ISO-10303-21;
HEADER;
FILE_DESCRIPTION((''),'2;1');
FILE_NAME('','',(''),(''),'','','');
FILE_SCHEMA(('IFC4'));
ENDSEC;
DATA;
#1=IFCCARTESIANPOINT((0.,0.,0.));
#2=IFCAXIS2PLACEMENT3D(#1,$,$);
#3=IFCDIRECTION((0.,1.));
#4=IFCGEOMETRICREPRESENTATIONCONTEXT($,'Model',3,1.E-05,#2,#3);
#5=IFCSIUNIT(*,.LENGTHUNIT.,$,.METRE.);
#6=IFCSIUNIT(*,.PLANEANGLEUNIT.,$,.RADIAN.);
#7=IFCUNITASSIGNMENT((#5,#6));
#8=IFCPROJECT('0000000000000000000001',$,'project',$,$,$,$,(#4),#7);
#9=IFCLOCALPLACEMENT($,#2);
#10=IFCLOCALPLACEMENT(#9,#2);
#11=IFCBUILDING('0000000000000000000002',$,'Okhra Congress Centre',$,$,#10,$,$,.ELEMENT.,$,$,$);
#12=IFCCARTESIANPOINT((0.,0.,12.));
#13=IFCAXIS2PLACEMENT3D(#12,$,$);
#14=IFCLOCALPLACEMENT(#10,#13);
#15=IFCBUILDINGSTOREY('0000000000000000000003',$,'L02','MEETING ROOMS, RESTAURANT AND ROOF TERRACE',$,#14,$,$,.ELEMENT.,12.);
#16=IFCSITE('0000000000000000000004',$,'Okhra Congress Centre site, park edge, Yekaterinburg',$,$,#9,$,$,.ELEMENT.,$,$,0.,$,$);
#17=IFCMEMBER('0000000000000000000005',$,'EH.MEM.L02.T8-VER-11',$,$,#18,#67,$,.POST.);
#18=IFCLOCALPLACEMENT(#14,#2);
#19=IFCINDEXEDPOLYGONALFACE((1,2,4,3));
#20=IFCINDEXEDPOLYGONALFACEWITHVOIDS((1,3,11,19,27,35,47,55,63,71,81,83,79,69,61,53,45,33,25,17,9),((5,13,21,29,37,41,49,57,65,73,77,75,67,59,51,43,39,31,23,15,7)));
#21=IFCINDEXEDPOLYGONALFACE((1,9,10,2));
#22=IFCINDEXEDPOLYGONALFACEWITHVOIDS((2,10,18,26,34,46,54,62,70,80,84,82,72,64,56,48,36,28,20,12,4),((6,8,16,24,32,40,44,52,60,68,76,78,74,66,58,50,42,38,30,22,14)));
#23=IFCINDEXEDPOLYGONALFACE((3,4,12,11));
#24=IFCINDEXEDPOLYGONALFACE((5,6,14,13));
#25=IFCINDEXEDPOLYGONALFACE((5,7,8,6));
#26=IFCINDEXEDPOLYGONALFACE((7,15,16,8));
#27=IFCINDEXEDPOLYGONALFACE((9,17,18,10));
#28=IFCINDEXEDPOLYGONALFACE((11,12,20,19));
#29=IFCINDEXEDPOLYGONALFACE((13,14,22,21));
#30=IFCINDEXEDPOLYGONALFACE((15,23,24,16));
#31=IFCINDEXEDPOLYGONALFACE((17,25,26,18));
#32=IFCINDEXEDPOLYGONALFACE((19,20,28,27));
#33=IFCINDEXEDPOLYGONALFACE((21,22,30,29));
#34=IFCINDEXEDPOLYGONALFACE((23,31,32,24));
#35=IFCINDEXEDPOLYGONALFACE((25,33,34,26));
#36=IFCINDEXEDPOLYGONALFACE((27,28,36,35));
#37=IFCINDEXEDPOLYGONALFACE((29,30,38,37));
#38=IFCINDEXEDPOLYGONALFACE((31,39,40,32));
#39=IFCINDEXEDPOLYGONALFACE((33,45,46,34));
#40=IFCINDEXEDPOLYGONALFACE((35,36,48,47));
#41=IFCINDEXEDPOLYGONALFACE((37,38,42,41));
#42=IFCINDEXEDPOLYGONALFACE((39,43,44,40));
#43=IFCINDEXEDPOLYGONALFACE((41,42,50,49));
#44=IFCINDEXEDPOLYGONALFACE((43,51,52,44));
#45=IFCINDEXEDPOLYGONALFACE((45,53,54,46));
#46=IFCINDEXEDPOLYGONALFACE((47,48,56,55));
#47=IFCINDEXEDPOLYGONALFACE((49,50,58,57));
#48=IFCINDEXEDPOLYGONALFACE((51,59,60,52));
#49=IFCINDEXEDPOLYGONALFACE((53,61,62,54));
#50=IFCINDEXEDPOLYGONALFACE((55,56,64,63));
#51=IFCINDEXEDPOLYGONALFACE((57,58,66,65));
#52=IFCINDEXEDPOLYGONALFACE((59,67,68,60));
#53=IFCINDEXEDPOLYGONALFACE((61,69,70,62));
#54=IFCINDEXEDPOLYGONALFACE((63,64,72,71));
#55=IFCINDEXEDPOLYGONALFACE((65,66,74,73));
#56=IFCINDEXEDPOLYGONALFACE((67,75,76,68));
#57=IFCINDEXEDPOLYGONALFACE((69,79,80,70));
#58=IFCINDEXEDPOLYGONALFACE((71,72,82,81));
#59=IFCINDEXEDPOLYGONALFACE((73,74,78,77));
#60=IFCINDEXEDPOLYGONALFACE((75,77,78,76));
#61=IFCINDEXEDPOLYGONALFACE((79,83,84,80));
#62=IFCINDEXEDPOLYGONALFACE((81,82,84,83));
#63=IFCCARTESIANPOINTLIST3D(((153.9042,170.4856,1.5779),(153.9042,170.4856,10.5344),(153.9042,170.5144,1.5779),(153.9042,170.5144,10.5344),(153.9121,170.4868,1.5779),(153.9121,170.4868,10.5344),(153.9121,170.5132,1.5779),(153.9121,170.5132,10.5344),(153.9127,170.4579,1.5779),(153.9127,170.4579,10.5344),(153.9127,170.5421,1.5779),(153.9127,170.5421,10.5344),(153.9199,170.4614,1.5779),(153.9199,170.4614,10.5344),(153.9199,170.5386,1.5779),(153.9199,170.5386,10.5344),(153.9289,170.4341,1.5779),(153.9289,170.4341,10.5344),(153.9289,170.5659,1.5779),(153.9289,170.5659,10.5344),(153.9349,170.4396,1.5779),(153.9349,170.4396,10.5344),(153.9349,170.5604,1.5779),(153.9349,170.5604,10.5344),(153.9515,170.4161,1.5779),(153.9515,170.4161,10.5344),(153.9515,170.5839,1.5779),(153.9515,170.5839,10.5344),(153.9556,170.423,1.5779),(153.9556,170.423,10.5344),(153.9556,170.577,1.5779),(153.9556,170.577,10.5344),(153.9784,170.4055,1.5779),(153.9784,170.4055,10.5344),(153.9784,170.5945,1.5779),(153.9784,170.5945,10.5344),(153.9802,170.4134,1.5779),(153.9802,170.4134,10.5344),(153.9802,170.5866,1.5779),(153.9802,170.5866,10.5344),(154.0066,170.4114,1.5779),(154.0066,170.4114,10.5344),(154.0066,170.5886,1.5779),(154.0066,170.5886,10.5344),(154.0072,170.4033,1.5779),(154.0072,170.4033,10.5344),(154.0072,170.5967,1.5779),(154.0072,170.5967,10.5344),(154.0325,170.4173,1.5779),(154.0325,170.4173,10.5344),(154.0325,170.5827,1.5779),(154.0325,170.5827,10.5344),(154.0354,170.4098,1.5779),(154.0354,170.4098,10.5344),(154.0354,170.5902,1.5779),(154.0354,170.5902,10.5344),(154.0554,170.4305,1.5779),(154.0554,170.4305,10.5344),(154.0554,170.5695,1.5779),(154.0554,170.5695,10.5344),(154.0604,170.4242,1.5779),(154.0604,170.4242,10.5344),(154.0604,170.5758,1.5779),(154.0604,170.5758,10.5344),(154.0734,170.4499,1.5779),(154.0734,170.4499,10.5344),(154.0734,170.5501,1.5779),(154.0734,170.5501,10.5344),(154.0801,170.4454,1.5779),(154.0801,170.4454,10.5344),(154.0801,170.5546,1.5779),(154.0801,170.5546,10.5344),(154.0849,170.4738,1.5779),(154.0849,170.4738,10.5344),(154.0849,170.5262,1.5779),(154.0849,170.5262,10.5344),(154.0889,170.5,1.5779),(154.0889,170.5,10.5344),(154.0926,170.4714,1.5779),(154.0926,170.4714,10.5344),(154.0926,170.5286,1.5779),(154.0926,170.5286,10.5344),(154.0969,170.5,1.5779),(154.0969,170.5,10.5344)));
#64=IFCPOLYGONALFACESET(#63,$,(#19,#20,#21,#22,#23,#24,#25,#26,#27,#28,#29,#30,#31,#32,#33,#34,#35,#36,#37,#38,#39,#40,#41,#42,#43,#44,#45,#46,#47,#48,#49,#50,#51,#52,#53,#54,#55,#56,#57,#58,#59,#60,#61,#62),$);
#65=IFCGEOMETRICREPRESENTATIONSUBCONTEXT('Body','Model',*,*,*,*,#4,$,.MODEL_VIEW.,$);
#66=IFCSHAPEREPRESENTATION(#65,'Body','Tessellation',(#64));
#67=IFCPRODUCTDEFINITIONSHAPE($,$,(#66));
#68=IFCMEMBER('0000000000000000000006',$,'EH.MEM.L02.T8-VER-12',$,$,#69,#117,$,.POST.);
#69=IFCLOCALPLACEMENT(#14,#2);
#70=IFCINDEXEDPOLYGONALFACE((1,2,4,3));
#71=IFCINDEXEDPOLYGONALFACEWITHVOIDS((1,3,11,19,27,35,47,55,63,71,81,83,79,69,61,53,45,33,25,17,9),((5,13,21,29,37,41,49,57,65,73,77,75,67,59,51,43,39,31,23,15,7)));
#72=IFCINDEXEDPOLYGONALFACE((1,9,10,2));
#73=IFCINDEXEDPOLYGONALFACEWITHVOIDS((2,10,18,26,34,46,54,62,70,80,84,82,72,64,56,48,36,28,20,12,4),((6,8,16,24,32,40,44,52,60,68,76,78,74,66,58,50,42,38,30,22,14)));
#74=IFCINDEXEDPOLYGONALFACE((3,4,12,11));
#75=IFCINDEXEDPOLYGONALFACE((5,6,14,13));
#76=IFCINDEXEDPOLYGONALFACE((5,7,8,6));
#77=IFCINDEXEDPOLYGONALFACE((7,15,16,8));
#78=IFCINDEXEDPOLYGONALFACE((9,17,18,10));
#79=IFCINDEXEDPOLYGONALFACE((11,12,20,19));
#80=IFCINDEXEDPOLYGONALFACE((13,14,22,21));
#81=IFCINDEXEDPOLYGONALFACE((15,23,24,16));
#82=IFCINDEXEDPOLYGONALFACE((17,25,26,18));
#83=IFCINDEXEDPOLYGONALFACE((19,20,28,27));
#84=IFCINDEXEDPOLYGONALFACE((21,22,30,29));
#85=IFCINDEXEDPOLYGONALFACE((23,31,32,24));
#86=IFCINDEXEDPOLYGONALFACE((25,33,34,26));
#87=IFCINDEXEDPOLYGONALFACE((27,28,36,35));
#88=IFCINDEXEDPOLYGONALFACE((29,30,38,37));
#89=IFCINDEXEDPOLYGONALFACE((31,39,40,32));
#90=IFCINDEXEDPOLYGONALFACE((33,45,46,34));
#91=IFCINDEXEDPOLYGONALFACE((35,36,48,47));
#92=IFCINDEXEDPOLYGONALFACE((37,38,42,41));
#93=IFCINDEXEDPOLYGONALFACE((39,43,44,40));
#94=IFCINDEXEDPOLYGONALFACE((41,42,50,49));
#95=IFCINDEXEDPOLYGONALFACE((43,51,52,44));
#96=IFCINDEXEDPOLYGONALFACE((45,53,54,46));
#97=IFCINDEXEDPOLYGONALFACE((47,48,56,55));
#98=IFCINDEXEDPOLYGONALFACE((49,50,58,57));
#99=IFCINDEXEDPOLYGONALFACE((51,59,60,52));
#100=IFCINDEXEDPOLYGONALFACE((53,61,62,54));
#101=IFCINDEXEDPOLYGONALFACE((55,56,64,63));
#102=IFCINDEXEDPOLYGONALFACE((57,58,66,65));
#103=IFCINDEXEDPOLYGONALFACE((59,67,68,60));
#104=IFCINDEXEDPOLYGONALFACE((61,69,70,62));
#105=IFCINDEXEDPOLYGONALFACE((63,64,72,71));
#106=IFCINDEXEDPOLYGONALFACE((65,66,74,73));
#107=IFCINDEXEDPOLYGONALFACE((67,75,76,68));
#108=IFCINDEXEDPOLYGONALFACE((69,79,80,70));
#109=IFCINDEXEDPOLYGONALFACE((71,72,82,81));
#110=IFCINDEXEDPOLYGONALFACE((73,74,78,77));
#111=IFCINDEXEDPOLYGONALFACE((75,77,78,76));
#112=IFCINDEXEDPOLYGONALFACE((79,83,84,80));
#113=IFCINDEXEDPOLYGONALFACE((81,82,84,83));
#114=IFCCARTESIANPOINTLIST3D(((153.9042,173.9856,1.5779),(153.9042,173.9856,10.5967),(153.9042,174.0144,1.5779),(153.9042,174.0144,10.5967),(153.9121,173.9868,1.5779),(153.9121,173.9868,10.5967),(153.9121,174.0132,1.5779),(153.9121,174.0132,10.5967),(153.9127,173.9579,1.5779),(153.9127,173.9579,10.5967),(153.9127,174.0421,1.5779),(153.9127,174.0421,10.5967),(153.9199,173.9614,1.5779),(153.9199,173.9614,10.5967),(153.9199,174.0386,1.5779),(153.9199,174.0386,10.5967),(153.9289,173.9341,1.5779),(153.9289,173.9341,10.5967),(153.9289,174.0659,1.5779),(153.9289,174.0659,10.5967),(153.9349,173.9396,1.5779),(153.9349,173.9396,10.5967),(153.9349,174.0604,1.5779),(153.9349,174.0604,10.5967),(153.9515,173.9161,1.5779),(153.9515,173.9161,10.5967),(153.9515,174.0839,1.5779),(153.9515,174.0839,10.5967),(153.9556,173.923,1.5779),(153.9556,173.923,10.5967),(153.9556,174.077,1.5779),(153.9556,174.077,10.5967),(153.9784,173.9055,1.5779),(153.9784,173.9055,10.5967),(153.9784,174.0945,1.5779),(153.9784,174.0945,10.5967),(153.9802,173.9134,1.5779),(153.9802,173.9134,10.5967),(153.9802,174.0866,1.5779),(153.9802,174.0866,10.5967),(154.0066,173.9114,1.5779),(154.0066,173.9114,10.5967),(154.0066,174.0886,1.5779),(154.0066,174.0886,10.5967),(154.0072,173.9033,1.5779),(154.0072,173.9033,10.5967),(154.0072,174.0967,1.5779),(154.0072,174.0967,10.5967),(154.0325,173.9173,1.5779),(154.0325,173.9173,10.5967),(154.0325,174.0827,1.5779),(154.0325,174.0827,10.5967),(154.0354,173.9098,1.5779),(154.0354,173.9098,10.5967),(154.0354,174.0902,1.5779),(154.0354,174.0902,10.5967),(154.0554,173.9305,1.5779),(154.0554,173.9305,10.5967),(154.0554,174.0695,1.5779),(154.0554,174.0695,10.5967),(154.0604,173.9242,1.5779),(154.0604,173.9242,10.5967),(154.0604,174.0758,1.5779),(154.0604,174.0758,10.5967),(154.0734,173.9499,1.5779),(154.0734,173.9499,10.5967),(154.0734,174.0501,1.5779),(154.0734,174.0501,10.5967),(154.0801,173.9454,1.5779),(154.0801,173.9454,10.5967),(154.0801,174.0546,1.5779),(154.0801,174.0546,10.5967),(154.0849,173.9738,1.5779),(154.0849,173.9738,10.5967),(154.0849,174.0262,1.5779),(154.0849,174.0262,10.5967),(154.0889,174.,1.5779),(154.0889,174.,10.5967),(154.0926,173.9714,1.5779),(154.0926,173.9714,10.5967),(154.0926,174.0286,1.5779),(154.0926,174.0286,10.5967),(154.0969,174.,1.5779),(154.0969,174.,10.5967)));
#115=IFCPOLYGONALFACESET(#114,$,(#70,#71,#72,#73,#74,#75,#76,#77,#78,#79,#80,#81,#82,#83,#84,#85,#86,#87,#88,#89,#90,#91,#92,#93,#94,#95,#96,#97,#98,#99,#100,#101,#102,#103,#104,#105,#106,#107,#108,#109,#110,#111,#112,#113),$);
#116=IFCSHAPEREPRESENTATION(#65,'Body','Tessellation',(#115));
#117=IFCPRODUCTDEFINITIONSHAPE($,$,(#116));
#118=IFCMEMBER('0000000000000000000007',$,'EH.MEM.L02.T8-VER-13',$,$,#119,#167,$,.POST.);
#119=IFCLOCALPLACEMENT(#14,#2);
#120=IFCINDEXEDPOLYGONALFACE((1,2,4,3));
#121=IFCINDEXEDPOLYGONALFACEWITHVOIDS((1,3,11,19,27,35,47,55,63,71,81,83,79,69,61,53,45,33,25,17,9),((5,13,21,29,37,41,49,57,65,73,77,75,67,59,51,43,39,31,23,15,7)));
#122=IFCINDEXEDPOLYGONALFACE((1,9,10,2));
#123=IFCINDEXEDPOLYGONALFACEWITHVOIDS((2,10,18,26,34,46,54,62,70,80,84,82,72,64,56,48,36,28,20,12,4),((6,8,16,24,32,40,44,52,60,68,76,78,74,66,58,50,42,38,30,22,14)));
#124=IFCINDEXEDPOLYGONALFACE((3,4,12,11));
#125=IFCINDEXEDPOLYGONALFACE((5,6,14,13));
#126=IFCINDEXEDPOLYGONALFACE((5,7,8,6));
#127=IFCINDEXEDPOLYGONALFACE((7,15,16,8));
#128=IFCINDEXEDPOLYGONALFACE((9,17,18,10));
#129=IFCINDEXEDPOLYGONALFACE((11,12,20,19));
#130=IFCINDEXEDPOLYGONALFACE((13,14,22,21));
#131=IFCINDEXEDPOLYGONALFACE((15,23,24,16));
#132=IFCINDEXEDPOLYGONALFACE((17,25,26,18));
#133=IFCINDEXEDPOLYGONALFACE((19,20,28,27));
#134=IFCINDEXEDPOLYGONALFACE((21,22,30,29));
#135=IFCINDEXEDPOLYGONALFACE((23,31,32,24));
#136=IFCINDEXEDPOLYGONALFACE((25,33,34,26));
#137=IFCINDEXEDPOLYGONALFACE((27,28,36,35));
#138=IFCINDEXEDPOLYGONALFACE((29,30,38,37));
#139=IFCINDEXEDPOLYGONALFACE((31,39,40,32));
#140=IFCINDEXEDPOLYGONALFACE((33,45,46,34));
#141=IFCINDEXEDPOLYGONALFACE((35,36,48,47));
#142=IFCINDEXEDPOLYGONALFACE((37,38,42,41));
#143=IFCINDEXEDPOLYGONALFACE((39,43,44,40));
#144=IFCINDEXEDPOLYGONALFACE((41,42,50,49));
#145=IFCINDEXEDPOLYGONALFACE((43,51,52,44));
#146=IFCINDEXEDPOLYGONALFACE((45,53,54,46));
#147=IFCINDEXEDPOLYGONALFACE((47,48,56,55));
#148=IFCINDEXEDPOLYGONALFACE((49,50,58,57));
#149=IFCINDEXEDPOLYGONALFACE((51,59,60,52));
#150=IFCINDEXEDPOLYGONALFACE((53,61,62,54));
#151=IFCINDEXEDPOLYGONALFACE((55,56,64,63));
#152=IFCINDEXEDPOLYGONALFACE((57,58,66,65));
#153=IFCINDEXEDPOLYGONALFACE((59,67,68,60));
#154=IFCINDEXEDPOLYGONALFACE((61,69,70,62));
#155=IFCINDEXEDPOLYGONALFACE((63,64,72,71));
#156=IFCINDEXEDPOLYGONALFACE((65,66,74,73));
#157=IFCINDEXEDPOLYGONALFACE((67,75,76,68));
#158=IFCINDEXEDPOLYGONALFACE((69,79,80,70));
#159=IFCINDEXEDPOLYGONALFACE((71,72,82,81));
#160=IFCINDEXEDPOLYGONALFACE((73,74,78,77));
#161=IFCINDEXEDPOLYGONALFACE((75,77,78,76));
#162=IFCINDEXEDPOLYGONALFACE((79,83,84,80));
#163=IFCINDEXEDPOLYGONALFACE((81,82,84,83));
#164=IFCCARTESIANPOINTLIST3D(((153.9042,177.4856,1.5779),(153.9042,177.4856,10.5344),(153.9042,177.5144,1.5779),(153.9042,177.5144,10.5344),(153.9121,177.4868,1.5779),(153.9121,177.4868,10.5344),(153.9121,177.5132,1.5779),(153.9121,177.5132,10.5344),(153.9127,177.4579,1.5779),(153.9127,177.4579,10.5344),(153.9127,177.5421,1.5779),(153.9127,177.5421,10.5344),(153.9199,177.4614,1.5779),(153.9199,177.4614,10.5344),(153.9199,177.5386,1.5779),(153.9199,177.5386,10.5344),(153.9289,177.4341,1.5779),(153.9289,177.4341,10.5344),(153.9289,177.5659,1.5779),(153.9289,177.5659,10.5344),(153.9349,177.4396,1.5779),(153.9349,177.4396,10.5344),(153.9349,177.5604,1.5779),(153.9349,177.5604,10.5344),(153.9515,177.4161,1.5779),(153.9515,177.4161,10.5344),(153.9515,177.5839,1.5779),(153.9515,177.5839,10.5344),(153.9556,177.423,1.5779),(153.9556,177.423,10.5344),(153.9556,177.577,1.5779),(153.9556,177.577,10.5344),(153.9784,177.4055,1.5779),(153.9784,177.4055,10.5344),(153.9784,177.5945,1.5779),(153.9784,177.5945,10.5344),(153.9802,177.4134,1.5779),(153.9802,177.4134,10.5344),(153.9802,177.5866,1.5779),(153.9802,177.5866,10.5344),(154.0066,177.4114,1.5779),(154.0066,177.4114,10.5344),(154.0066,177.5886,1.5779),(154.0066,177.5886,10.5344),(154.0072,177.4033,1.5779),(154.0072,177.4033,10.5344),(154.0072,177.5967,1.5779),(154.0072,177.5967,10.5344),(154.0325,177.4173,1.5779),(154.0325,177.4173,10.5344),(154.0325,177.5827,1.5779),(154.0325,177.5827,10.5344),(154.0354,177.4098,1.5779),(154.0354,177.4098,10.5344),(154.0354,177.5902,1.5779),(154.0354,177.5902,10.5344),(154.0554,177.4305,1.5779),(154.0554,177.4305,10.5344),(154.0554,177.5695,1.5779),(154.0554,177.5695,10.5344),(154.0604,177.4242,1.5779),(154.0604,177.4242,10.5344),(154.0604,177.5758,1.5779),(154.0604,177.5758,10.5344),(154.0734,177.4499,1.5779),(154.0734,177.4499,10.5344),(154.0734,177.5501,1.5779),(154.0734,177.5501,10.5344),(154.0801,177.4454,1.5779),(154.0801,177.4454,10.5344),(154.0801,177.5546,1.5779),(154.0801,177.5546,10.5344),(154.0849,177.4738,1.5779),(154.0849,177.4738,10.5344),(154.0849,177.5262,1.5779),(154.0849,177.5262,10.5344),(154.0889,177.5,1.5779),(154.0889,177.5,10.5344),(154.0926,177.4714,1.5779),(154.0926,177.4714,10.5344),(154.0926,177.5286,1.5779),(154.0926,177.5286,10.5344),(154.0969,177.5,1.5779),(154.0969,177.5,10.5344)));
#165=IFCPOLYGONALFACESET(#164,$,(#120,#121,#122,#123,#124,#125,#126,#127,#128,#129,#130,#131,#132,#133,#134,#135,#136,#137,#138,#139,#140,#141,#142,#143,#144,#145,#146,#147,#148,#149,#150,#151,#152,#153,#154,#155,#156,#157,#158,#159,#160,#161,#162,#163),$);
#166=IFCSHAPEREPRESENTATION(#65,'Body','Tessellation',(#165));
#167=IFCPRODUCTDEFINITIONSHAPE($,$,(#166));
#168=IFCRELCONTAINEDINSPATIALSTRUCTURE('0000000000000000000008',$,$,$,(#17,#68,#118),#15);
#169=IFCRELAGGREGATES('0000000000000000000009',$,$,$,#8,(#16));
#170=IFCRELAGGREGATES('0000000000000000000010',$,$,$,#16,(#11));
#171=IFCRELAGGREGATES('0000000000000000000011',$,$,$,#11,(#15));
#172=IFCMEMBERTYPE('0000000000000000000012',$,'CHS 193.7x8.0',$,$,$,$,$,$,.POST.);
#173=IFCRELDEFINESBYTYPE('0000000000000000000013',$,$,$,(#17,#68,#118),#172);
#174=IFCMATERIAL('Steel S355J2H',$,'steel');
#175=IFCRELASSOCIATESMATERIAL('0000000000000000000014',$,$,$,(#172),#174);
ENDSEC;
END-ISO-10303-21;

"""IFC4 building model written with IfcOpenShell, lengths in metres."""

from ifc_helpers import new_model, si_unit, direction, frame, origin, origin_2d, place, context, subcontext, project, spatial, hollow_circle, extrude, material, material_profile, profile_set, type_object, element, save


model = new_model("IFC4")

# Units and contexts
model_context = context("Model", 3, precision=1e-05, world=origin(), true_north=direction((0.0, 1.0)))
body_context = subcontext(model_context, "Body", "Model", "MODEL_VIEW")
ifc_project = project(units=[si_unit("LENGTHUNIT", "METRE"), si_unit("PLANEANGLEUNIT", "RADIAN")], contexts=[model_context])

# Site, building, storey
site_placement = place(None, origin())
site = spatial("IfcSite", under=ifc_project, at=site_placement, Name="Okhra Congress Centre site, park edge, Yekaterinburg", CompositionType="ELEMENT", RefElevation=0.0)
building_placement = place(site_placement, origin())
building = spatial("IfcBuilding", under=site, at=building_placement, Name="Okhra Congress Centre", CompositionType="ELEMENT")
storey_placement = place(building_placement, frame((0.0, 0.0, 12.0)))
storey = spatial("IfcBuildingStorey", under=building, at=storey_placement, Name="L02", Description="MEETING ROOMS, RESTAURANT AND ROOF TERRACE", CompositionType="ELEMENT", Elevation=12.0)

# Members
ifc_material_1 = material(Name="Steel S355J2H", Category="steel")
ifc_material_profile_1 = material_profile(ifc_material_1, hollow_circle(Radius=0.0969, WallThickness=0.0081, at=origin_2d()), Name="CHS 193.7x8.0")
ifc_profile_set_1 = profile_set([ifc_material_profile_1], Name="Steel S355J2H")
member_type_1 = type_object("IfcMemberType", Name="CHS 193.7x8.0", PredefinedType="POST", material=ifc_profile_set_1)
member_1_placement = place(storey_placement, frame((154.0, 170.5, 1.5779), z_axis=(0.0, 0.0, 1.0), x_axis=(1.0, 0.0, 0.0)))
element("IfcMember", 1, at=member_1_placement, inside=storey, type_object=member_type_1, Name="EH.MEM.L02.T8-VER-11", PredefinedType="POST", context=body_context, shape_type="SweptSolid", body=[
    extrude(hollow_circle(Radius=0.0969, WallThickness=0.0081, at=origin_2d()), origin(), (0.0, 0.0, 1.0), 8.9565),
])
member_2_placement = place(storey_placement, frame((154.0, 174.0, 1.5779), z_axis=(0.0, 0.0, 1.0), x_axis=(1.0, 0.0, 0.0)))
element("IfcMember", 2, at=member_2_placement, inside=storey, type_object=member_type_1, Name="EH.MEM.L02.T8-VER-12", PredefinedType="POST", context=body_context, shape_type="SweptSolid", body=[
    extrude(hollow_circle(Radius=0.0969, WallThickness=0.0081, at=origin_2d()), origin(), (0.0, 0.0, 1.0), 9.0188),
])
member_3_placement = place(storey_placement, frame((154.0, 177.5, 1.5779), z_axis=(0.0, 0.0, 1.0), x_axis=(1.0, 0.0, 0.0)))
element("IfcMember", 3, at=member_3_placement, inside=storey, type_object=member_type_1, Name="EH.MEM.L02.T8-VER-13", PredefinedType="POST", context=body_context, shape_type="SweptSolid", body=[
    extrude(hollow_circle(Radius=0.0969, WallThickness=0.0081, at=origin_2d()), origin(), (0.0, 0.0, 1.0), 8.9565),
])

save(model, "model.ifc")
